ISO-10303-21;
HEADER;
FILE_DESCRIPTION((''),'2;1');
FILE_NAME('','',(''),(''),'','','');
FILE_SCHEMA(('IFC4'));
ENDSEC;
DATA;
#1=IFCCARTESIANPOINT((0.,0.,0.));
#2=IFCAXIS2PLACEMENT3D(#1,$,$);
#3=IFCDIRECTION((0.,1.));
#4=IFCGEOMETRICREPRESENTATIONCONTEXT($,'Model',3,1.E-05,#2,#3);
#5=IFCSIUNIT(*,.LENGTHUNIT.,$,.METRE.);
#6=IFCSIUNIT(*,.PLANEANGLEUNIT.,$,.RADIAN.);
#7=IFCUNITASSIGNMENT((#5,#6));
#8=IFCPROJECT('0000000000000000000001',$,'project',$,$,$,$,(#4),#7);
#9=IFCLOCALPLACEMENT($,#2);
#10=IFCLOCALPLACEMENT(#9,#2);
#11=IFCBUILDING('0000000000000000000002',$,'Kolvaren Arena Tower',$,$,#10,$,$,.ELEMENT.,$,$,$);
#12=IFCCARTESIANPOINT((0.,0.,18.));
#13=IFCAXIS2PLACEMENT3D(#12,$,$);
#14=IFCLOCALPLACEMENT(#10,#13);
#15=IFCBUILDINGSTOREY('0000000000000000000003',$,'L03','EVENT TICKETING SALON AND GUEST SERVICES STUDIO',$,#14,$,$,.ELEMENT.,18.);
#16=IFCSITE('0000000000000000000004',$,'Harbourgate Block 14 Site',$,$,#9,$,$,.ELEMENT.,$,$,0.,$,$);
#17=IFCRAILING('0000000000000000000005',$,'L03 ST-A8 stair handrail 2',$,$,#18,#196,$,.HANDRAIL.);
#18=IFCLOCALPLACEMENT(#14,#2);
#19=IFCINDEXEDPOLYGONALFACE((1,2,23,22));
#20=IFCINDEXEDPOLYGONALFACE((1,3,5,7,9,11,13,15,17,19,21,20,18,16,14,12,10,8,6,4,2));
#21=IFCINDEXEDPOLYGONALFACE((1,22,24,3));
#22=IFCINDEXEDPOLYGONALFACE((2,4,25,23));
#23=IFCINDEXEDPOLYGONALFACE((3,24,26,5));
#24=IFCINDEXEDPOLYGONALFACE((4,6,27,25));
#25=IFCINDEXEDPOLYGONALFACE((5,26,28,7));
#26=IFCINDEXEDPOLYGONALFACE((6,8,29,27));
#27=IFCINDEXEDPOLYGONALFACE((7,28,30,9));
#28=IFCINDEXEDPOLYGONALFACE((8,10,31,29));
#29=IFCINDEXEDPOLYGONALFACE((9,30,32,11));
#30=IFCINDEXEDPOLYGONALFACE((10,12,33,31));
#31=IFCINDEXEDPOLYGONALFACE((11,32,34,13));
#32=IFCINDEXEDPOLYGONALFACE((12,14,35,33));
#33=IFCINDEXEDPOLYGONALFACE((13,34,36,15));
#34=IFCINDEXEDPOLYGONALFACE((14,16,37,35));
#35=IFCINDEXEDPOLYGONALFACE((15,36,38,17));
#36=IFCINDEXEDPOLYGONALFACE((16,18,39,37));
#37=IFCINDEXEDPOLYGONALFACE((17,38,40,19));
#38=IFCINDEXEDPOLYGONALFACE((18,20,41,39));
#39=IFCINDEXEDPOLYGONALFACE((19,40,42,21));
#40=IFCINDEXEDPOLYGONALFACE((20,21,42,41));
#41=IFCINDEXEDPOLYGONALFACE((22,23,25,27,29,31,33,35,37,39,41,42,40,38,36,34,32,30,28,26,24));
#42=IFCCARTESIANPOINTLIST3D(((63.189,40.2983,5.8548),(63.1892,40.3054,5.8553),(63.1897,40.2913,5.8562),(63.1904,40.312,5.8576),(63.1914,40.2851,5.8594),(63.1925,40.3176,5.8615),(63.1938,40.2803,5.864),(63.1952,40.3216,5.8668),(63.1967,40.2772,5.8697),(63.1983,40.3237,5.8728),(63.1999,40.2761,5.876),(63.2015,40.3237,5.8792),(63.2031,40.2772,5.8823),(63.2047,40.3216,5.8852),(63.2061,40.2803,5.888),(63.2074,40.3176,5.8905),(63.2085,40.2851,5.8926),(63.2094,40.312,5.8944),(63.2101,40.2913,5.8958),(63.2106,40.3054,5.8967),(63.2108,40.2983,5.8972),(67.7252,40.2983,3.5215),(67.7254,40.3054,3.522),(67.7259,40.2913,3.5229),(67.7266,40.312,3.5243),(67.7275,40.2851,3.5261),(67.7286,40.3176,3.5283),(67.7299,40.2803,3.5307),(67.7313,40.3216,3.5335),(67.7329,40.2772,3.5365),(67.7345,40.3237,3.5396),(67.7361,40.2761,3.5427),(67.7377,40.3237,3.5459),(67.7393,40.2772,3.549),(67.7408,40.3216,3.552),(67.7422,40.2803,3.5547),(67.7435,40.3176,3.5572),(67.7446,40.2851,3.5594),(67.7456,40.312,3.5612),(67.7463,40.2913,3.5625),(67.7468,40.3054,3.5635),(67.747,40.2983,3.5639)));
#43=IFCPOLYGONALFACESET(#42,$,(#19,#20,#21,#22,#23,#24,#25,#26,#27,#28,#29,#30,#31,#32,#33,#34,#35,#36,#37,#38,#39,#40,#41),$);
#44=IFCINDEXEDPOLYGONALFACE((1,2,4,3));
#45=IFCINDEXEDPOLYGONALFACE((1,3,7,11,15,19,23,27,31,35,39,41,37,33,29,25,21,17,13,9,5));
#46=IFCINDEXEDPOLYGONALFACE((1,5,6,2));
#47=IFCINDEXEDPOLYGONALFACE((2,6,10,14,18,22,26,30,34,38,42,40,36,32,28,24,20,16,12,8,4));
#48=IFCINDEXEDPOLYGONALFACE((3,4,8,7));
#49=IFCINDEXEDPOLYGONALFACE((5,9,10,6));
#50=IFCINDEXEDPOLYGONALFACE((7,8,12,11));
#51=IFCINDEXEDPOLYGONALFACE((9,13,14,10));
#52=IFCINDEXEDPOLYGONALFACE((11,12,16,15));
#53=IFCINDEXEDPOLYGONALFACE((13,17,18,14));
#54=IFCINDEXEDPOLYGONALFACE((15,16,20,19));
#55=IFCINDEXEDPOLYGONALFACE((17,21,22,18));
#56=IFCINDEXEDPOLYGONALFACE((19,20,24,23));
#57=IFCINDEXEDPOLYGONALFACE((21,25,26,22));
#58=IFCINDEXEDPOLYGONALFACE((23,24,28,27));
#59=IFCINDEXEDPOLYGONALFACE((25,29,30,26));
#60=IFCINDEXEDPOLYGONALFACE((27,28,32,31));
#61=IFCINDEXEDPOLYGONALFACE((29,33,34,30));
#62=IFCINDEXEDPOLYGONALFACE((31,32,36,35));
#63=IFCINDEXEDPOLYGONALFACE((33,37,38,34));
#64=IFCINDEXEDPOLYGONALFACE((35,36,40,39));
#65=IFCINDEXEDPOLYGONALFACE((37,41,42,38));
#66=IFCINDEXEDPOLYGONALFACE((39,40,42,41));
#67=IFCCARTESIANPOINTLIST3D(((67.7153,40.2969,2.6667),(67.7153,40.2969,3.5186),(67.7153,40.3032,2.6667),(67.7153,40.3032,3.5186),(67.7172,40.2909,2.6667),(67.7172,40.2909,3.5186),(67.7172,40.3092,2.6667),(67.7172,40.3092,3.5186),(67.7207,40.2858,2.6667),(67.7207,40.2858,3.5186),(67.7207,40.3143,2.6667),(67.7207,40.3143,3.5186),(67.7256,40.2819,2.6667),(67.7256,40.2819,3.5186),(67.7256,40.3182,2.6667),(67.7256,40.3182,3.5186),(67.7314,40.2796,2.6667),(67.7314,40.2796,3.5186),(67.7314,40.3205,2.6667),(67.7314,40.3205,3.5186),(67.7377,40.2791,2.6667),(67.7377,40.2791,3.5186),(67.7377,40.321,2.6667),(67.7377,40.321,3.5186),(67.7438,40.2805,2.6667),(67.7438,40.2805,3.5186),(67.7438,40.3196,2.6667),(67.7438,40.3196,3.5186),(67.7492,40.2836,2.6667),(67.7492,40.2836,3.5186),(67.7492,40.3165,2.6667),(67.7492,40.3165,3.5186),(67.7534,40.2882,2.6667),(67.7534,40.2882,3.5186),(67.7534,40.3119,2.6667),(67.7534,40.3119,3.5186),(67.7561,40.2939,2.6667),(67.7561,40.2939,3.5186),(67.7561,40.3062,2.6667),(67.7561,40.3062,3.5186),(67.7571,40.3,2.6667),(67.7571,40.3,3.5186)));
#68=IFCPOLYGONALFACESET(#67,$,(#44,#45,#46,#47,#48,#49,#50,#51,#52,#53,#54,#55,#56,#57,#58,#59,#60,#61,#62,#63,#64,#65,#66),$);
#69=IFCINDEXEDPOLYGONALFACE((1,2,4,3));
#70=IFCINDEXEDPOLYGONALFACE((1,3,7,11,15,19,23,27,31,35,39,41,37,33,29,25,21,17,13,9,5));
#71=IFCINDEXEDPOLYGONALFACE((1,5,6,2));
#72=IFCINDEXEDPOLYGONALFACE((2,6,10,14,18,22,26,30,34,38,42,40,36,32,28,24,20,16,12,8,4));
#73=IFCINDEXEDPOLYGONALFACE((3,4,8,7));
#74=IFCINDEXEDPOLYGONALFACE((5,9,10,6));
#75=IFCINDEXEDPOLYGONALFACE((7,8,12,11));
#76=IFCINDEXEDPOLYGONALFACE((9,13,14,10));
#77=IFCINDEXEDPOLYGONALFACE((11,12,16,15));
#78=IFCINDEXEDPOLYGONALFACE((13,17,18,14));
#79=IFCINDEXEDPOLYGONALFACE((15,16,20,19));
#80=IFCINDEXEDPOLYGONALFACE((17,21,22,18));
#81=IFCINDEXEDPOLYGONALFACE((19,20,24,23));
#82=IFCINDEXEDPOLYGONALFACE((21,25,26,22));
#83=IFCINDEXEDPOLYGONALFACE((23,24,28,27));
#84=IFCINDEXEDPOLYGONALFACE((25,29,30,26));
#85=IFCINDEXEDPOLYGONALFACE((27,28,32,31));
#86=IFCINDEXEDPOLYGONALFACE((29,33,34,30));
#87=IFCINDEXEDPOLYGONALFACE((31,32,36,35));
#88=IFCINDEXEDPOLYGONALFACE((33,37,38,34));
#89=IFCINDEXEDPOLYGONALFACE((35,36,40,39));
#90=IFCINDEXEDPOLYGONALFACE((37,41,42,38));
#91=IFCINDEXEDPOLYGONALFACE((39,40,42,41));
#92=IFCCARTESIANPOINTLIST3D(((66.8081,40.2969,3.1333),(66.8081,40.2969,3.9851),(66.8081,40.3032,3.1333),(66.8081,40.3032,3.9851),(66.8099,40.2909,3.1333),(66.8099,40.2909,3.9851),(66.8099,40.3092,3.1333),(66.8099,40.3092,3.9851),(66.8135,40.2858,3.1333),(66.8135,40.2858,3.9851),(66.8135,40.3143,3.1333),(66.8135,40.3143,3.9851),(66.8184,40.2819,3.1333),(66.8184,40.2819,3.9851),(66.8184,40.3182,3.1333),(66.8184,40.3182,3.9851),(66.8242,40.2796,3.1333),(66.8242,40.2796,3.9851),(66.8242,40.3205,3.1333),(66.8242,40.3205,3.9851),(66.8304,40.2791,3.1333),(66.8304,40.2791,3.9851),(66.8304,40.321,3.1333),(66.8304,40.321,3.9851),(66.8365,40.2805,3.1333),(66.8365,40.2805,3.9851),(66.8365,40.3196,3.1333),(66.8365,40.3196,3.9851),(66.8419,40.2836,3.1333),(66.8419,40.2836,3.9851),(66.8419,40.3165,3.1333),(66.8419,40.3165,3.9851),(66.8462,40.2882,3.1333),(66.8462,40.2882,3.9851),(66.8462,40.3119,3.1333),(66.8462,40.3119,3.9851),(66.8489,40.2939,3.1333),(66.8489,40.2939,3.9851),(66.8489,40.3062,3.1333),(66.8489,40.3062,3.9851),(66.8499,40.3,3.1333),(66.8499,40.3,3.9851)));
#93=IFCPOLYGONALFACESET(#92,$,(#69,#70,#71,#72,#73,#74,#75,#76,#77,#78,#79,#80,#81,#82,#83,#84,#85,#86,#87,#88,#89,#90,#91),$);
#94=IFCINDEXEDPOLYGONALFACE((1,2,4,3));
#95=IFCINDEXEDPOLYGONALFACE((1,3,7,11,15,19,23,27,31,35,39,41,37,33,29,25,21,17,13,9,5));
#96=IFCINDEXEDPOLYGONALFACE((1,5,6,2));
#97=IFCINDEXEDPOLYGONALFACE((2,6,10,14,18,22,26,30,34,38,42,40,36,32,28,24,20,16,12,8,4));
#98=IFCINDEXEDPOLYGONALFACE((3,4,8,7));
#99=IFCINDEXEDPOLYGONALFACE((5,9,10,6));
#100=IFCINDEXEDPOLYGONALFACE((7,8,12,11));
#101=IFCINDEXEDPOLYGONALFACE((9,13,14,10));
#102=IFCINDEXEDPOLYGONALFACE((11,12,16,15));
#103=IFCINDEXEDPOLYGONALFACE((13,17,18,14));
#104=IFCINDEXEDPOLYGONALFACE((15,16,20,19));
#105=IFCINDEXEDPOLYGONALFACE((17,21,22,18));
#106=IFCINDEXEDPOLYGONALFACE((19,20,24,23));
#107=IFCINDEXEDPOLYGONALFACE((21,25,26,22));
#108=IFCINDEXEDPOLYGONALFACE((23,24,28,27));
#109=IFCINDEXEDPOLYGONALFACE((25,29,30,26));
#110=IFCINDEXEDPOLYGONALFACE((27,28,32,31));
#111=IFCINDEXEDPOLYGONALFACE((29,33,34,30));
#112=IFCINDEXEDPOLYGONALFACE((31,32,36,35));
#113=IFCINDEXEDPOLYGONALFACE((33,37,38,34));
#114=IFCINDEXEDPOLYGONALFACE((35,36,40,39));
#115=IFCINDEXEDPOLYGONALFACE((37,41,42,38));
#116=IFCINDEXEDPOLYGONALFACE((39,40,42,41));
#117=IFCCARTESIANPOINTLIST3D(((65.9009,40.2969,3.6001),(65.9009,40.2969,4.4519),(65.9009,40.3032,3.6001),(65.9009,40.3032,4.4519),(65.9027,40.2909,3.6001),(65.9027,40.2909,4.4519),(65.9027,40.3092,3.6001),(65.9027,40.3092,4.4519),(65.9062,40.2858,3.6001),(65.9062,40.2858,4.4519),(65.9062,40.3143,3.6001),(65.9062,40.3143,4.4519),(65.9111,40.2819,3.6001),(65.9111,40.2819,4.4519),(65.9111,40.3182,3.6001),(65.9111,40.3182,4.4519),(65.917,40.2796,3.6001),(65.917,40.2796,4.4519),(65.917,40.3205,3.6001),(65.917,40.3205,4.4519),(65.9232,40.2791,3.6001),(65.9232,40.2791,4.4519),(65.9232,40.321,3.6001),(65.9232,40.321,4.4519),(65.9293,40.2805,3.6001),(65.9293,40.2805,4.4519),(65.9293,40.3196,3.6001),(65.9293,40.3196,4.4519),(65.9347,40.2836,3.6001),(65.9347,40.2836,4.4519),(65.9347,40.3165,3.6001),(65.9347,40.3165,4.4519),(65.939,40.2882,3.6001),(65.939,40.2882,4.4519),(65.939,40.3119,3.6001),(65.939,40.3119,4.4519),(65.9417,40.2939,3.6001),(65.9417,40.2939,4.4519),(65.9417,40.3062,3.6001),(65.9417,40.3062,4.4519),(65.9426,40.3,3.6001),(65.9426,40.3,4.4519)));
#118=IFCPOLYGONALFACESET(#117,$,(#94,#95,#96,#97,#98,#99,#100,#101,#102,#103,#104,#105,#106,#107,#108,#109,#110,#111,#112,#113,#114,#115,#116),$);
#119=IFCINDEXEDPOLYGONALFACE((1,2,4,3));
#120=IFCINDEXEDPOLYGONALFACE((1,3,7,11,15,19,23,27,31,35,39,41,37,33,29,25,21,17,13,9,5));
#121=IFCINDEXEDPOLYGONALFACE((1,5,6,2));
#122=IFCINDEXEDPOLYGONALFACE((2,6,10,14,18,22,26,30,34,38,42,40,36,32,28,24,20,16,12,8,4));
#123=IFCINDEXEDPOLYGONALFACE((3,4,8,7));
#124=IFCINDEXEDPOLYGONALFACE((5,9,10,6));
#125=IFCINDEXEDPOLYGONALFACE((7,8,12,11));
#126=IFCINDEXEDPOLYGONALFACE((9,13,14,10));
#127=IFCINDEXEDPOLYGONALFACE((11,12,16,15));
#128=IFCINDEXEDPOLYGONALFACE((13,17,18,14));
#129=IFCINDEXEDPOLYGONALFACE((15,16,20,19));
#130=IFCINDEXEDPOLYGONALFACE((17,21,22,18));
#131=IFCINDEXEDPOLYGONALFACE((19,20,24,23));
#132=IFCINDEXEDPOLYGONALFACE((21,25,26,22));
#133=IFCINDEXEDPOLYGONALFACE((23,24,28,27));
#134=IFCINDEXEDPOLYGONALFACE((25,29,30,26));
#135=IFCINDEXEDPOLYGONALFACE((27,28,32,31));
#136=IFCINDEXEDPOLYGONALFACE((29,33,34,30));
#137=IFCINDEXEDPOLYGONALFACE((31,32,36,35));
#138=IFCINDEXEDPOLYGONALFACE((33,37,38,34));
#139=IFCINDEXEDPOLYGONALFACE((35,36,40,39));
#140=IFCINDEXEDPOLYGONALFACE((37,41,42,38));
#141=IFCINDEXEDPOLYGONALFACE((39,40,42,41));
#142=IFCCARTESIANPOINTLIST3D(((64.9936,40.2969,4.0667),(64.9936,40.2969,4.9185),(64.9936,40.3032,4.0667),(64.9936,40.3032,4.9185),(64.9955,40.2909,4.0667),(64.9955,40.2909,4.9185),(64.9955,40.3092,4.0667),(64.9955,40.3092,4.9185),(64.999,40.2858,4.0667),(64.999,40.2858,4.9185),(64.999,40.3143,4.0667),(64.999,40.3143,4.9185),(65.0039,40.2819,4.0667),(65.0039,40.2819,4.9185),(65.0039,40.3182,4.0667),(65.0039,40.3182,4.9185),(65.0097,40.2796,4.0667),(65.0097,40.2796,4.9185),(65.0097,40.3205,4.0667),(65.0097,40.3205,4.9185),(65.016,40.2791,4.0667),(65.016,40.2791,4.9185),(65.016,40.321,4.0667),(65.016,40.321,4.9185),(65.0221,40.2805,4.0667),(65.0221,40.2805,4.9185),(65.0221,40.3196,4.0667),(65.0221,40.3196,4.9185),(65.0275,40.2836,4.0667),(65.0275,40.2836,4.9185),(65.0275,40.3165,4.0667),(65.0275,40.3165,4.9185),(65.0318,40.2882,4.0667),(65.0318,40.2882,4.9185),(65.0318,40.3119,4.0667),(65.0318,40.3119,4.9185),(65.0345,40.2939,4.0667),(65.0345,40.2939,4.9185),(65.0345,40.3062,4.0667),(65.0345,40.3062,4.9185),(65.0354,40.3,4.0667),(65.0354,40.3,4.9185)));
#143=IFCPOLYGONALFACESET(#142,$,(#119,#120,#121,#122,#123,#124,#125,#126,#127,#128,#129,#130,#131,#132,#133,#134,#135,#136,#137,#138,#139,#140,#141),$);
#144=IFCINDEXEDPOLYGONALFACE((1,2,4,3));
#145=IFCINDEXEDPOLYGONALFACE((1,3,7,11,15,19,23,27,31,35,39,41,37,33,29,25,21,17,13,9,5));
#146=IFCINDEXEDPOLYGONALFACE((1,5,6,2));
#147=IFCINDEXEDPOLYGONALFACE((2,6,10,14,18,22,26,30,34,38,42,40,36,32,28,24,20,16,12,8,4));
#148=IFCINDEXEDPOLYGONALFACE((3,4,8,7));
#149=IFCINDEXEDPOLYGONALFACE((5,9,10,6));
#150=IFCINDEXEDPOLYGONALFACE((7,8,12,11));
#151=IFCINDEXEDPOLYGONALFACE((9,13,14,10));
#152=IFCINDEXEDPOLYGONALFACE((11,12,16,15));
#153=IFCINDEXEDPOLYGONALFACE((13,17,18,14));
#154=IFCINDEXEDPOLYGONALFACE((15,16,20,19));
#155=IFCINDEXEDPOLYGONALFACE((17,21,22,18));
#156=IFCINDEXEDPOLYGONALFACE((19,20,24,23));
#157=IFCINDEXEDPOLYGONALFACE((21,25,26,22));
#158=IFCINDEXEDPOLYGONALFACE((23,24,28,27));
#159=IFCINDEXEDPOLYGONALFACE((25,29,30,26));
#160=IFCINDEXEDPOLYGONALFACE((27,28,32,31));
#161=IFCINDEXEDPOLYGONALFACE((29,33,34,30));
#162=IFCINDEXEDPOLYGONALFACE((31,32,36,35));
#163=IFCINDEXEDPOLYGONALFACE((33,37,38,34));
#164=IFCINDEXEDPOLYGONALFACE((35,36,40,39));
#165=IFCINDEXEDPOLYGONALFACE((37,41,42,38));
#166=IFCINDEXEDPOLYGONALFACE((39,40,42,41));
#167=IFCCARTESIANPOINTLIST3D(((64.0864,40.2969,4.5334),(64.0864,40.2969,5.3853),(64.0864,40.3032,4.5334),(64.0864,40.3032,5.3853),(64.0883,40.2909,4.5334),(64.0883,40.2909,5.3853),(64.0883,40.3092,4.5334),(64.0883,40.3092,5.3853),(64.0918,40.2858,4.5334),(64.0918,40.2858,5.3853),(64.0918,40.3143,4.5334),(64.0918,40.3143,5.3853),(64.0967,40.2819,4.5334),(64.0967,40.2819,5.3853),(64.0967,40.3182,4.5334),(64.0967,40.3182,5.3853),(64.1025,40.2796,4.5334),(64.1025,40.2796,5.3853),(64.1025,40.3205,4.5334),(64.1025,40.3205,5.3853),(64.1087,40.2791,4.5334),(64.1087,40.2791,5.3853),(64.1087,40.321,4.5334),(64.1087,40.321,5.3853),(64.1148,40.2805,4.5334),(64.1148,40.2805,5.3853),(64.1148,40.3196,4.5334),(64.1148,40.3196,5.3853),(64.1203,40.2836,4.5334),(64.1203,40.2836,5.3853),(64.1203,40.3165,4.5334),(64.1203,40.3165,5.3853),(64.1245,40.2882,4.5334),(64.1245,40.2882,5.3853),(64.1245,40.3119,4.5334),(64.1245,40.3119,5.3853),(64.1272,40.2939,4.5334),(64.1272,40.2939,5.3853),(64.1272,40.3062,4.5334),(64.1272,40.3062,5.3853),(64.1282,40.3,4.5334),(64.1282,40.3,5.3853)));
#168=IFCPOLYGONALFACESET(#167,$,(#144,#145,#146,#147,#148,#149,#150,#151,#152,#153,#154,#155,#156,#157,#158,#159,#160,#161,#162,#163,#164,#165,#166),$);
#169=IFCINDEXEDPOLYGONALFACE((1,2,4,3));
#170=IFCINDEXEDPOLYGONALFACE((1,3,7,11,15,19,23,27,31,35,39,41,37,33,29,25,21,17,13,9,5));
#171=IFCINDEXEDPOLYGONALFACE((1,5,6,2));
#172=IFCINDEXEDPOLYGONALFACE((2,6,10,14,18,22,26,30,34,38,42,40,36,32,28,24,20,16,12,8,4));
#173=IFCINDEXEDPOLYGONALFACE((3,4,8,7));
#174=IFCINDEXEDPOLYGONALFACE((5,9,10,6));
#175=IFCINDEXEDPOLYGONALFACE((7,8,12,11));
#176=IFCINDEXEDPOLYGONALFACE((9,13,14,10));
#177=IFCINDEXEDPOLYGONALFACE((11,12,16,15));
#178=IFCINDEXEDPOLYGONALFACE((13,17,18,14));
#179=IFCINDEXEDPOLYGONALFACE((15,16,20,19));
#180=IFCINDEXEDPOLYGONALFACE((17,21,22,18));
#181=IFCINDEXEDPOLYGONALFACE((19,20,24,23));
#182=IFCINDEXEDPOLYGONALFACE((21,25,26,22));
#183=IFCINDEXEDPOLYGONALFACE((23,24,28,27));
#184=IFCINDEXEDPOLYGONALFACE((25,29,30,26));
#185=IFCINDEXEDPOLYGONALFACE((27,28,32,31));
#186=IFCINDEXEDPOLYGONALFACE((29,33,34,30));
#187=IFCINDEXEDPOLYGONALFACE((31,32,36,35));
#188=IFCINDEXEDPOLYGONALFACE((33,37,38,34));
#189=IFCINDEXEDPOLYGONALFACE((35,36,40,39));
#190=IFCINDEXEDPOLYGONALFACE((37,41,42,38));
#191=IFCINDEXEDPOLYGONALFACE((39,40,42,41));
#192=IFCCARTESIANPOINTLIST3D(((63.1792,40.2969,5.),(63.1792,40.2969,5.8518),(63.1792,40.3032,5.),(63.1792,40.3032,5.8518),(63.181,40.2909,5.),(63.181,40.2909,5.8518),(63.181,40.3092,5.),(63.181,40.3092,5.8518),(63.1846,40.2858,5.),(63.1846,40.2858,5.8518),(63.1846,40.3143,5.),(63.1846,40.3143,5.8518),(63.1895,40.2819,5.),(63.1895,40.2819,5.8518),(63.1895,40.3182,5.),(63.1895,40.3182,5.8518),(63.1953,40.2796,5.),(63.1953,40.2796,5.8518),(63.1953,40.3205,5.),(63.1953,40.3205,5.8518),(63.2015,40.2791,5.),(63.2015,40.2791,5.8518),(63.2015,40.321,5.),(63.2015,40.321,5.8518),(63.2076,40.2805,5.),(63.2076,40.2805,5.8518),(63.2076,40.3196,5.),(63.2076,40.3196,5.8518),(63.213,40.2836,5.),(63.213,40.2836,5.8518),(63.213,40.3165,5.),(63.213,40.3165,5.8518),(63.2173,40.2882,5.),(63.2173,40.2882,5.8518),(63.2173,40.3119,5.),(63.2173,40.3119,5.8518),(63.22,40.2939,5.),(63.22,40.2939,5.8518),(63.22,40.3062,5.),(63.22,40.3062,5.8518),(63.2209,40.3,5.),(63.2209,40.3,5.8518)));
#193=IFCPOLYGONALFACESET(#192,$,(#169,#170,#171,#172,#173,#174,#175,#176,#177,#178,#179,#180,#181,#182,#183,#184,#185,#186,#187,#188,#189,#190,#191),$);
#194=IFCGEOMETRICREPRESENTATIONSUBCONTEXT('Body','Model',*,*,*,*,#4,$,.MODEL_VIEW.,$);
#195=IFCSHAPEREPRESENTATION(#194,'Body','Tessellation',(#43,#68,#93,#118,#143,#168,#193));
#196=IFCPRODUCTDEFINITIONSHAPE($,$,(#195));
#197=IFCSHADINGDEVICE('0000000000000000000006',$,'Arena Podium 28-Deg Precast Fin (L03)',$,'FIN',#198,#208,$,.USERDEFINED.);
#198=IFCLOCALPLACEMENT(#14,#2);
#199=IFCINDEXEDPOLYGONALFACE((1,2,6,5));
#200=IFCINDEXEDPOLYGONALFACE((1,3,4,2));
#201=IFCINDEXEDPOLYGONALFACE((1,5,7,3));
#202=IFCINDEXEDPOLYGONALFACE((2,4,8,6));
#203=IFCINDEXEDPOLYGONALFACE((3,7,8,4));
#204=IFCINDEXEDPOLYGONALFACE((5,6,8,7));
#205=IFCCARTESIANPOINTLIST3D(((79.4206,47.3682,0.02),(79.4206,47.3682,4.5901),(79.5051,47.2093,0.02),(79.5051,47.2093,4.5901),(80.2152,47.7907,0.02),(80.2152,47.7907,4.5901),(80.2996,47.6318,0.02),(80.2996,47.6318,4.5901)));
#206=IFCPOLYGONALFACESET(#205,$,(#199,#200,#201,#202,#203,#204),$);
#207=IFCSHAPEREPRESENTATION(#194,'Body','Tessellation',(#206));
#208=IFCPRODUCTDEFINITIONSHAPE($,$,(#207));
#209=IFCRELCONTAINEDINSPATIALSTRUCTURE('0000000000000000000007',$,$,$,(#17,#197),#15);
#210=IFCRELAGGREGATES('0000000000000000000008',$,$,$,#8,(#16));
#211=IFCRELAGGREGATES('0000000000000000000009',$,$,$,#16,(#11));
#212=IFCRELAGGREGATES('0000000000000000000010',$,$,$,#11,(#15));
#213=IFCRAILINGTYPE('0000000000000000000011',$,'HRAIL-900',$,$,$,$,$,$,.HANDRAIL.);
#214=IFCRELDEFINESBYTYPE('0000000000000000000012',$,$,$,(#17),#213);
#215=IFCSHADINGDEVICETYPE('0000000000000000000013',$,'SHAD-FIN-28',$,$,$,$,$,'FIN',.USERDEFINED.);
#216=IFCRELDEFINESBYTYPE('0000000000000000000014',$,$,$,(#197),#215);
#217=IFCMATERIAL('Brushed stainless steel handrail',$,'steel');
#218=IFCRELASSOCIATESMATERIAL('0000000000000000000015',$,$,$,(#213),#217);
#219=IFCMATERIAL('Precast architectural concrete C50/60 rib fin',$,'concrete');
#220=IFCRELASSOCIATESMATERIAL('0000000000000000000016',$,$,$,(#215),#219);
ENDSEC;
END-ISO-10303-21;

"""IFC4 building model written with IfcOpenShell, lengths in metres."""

from ifc_helpers import new_model, si_unit, direction, frame, origin, origin_2d, place, context, subcontext, project, spatial, rectangle, circle, extrude, material, type_object, element, save


model = new_model("IFC4")

# Units and contexts
model_context = context("Model", 3, precision=1e-05, world=origin(), true_north=direction((0.0, 1.0)))
body_context = subcontext(model_context, "Body", "Model", "MODEL_VIEW")
ifc_project = project(units=[si_unit("LENGTHUNIT", "METRE"), si_unit("PLANEANGLEUNIT", "RADIAN")], contexts=[model_context])

# Site, building, storey
site_placement = place(None, origin())
site = spatial("IfcSite", under=ifc_project, at=site_placement, Name="Harbourgate Block 14 Site", CompositionType="ELEMENT", RefElevation=0.0)
building_placement = place(site_placement, origin())
building = spatial("IfcBuilding", under=site, at=building_placement, Name="Kolvaren Arena Tower", CompositionType="ELEMENT")
storey_placement = place(building_placement, frame((0.0, 0.0, 18.0)))
storey = spatial("IfcBuildingStorey", under=building, at=storey_placement, Name="L03", Description="EVENT TICKETING SALON AND GUEST SERVICES STUDIO", CompositionType="ELEMENT", Elevation=18.0)

# Railing
ifc_material_1 = material(Name="Brushed stainless steel handrail", Category="steel")
railing_type = type_object("IfcRailingType", Name="HRAIL-900", PredefinedType="HANDRAIL", material=ifc_material_1)
railing_placement = place(storey_placement, frame((67.7361, 40.3, 2.6667)))
element("IfcRailing", 1, at=railing_placement, inside=storey, type_object=railing_type, Name="L03 ST-A8 stair handrail 2", PredefinedType="HANDRAIL", context=body_context, shape_type="SweptSolid", body=[
    extrude(circle(Radius=0.0239, at=origin_2d()), frame((0.0, 0.0, 0.876), z_axis=(-0.889257, 0.0, 0.457407), x_axis=(0.0, -1.0, 0.0)), (0.0, 0.0, 1.0), 5.1011),
    extrude(circle(Radius=0.021, at=origin_2d()), origin(), (0.0, 0.0, 1.0), 0.8518),
    extrude(circle(Radius=0.021, at=origin_2d()), frame((-0.9072, 0.0, 0.4666)), (0.0, 0.0, 1.0), 0.8518),
    extrude(circle(Radius=0.021, at=origin_2d()), frame((-1.8145, 0.0, 0.9333)), (0.0, 0.0, 1.0), 0.8518),
    extrude(circle(Radius=0.021, at=origin_2d()), frame((-2.7217, 0.0, 1.3999)), (0.0, 0.0, 1.0), 0.8518),
    extrude(circle(Radius=0.021, at=origin_2d()), frame((-3.6289, 0.0, 1.8667)), (0.0, 0.0, 1.0), 0.8518),
    extrude(circle(Radius=0.021, at=origin_2d()), frame((-4.5361, 0.0, 2.3333)), (0.0, 0.0, 1.0), 0.8518),
])

# Shading device
ifc_material_2 = material(Name="Precast architectural concrete C50/60 rib fin", Category="concrete")
shading_device_type = type_object("IfcShadingDeviceType", Name="SHAD-FIN-28", ElementType="FIN", PredefinedType="USERDEFINED", material=ifc_material_2)
for number, where, z_axis, x_axis, name in (
    (2, (79.8601, 47.5, 0.02), (0.0, 0.0, 1.0), (0.882948, 0.469472, 0.0), "Arena Podium 28-Deg Precast Fin (L03)"),
):
    element("IfcShadingDevice", number, at=place(storey_placement, frame(where, z_axis=z_axis, x_axis=x_axis)), inside=storey, type_object=shading_device_type, Name=name, ObjectType="FIN", PredefinedType="USERDEFINED", context=body_context, shape_type="SweptSolid", body=[
        extrude(rectangle(XDim=0.8999, YDim=0.1799, at=origin_2d()), origin(), (0.0, 0.0, 1.0), 4.5701),
    ])

save(model, "model.ifc")
